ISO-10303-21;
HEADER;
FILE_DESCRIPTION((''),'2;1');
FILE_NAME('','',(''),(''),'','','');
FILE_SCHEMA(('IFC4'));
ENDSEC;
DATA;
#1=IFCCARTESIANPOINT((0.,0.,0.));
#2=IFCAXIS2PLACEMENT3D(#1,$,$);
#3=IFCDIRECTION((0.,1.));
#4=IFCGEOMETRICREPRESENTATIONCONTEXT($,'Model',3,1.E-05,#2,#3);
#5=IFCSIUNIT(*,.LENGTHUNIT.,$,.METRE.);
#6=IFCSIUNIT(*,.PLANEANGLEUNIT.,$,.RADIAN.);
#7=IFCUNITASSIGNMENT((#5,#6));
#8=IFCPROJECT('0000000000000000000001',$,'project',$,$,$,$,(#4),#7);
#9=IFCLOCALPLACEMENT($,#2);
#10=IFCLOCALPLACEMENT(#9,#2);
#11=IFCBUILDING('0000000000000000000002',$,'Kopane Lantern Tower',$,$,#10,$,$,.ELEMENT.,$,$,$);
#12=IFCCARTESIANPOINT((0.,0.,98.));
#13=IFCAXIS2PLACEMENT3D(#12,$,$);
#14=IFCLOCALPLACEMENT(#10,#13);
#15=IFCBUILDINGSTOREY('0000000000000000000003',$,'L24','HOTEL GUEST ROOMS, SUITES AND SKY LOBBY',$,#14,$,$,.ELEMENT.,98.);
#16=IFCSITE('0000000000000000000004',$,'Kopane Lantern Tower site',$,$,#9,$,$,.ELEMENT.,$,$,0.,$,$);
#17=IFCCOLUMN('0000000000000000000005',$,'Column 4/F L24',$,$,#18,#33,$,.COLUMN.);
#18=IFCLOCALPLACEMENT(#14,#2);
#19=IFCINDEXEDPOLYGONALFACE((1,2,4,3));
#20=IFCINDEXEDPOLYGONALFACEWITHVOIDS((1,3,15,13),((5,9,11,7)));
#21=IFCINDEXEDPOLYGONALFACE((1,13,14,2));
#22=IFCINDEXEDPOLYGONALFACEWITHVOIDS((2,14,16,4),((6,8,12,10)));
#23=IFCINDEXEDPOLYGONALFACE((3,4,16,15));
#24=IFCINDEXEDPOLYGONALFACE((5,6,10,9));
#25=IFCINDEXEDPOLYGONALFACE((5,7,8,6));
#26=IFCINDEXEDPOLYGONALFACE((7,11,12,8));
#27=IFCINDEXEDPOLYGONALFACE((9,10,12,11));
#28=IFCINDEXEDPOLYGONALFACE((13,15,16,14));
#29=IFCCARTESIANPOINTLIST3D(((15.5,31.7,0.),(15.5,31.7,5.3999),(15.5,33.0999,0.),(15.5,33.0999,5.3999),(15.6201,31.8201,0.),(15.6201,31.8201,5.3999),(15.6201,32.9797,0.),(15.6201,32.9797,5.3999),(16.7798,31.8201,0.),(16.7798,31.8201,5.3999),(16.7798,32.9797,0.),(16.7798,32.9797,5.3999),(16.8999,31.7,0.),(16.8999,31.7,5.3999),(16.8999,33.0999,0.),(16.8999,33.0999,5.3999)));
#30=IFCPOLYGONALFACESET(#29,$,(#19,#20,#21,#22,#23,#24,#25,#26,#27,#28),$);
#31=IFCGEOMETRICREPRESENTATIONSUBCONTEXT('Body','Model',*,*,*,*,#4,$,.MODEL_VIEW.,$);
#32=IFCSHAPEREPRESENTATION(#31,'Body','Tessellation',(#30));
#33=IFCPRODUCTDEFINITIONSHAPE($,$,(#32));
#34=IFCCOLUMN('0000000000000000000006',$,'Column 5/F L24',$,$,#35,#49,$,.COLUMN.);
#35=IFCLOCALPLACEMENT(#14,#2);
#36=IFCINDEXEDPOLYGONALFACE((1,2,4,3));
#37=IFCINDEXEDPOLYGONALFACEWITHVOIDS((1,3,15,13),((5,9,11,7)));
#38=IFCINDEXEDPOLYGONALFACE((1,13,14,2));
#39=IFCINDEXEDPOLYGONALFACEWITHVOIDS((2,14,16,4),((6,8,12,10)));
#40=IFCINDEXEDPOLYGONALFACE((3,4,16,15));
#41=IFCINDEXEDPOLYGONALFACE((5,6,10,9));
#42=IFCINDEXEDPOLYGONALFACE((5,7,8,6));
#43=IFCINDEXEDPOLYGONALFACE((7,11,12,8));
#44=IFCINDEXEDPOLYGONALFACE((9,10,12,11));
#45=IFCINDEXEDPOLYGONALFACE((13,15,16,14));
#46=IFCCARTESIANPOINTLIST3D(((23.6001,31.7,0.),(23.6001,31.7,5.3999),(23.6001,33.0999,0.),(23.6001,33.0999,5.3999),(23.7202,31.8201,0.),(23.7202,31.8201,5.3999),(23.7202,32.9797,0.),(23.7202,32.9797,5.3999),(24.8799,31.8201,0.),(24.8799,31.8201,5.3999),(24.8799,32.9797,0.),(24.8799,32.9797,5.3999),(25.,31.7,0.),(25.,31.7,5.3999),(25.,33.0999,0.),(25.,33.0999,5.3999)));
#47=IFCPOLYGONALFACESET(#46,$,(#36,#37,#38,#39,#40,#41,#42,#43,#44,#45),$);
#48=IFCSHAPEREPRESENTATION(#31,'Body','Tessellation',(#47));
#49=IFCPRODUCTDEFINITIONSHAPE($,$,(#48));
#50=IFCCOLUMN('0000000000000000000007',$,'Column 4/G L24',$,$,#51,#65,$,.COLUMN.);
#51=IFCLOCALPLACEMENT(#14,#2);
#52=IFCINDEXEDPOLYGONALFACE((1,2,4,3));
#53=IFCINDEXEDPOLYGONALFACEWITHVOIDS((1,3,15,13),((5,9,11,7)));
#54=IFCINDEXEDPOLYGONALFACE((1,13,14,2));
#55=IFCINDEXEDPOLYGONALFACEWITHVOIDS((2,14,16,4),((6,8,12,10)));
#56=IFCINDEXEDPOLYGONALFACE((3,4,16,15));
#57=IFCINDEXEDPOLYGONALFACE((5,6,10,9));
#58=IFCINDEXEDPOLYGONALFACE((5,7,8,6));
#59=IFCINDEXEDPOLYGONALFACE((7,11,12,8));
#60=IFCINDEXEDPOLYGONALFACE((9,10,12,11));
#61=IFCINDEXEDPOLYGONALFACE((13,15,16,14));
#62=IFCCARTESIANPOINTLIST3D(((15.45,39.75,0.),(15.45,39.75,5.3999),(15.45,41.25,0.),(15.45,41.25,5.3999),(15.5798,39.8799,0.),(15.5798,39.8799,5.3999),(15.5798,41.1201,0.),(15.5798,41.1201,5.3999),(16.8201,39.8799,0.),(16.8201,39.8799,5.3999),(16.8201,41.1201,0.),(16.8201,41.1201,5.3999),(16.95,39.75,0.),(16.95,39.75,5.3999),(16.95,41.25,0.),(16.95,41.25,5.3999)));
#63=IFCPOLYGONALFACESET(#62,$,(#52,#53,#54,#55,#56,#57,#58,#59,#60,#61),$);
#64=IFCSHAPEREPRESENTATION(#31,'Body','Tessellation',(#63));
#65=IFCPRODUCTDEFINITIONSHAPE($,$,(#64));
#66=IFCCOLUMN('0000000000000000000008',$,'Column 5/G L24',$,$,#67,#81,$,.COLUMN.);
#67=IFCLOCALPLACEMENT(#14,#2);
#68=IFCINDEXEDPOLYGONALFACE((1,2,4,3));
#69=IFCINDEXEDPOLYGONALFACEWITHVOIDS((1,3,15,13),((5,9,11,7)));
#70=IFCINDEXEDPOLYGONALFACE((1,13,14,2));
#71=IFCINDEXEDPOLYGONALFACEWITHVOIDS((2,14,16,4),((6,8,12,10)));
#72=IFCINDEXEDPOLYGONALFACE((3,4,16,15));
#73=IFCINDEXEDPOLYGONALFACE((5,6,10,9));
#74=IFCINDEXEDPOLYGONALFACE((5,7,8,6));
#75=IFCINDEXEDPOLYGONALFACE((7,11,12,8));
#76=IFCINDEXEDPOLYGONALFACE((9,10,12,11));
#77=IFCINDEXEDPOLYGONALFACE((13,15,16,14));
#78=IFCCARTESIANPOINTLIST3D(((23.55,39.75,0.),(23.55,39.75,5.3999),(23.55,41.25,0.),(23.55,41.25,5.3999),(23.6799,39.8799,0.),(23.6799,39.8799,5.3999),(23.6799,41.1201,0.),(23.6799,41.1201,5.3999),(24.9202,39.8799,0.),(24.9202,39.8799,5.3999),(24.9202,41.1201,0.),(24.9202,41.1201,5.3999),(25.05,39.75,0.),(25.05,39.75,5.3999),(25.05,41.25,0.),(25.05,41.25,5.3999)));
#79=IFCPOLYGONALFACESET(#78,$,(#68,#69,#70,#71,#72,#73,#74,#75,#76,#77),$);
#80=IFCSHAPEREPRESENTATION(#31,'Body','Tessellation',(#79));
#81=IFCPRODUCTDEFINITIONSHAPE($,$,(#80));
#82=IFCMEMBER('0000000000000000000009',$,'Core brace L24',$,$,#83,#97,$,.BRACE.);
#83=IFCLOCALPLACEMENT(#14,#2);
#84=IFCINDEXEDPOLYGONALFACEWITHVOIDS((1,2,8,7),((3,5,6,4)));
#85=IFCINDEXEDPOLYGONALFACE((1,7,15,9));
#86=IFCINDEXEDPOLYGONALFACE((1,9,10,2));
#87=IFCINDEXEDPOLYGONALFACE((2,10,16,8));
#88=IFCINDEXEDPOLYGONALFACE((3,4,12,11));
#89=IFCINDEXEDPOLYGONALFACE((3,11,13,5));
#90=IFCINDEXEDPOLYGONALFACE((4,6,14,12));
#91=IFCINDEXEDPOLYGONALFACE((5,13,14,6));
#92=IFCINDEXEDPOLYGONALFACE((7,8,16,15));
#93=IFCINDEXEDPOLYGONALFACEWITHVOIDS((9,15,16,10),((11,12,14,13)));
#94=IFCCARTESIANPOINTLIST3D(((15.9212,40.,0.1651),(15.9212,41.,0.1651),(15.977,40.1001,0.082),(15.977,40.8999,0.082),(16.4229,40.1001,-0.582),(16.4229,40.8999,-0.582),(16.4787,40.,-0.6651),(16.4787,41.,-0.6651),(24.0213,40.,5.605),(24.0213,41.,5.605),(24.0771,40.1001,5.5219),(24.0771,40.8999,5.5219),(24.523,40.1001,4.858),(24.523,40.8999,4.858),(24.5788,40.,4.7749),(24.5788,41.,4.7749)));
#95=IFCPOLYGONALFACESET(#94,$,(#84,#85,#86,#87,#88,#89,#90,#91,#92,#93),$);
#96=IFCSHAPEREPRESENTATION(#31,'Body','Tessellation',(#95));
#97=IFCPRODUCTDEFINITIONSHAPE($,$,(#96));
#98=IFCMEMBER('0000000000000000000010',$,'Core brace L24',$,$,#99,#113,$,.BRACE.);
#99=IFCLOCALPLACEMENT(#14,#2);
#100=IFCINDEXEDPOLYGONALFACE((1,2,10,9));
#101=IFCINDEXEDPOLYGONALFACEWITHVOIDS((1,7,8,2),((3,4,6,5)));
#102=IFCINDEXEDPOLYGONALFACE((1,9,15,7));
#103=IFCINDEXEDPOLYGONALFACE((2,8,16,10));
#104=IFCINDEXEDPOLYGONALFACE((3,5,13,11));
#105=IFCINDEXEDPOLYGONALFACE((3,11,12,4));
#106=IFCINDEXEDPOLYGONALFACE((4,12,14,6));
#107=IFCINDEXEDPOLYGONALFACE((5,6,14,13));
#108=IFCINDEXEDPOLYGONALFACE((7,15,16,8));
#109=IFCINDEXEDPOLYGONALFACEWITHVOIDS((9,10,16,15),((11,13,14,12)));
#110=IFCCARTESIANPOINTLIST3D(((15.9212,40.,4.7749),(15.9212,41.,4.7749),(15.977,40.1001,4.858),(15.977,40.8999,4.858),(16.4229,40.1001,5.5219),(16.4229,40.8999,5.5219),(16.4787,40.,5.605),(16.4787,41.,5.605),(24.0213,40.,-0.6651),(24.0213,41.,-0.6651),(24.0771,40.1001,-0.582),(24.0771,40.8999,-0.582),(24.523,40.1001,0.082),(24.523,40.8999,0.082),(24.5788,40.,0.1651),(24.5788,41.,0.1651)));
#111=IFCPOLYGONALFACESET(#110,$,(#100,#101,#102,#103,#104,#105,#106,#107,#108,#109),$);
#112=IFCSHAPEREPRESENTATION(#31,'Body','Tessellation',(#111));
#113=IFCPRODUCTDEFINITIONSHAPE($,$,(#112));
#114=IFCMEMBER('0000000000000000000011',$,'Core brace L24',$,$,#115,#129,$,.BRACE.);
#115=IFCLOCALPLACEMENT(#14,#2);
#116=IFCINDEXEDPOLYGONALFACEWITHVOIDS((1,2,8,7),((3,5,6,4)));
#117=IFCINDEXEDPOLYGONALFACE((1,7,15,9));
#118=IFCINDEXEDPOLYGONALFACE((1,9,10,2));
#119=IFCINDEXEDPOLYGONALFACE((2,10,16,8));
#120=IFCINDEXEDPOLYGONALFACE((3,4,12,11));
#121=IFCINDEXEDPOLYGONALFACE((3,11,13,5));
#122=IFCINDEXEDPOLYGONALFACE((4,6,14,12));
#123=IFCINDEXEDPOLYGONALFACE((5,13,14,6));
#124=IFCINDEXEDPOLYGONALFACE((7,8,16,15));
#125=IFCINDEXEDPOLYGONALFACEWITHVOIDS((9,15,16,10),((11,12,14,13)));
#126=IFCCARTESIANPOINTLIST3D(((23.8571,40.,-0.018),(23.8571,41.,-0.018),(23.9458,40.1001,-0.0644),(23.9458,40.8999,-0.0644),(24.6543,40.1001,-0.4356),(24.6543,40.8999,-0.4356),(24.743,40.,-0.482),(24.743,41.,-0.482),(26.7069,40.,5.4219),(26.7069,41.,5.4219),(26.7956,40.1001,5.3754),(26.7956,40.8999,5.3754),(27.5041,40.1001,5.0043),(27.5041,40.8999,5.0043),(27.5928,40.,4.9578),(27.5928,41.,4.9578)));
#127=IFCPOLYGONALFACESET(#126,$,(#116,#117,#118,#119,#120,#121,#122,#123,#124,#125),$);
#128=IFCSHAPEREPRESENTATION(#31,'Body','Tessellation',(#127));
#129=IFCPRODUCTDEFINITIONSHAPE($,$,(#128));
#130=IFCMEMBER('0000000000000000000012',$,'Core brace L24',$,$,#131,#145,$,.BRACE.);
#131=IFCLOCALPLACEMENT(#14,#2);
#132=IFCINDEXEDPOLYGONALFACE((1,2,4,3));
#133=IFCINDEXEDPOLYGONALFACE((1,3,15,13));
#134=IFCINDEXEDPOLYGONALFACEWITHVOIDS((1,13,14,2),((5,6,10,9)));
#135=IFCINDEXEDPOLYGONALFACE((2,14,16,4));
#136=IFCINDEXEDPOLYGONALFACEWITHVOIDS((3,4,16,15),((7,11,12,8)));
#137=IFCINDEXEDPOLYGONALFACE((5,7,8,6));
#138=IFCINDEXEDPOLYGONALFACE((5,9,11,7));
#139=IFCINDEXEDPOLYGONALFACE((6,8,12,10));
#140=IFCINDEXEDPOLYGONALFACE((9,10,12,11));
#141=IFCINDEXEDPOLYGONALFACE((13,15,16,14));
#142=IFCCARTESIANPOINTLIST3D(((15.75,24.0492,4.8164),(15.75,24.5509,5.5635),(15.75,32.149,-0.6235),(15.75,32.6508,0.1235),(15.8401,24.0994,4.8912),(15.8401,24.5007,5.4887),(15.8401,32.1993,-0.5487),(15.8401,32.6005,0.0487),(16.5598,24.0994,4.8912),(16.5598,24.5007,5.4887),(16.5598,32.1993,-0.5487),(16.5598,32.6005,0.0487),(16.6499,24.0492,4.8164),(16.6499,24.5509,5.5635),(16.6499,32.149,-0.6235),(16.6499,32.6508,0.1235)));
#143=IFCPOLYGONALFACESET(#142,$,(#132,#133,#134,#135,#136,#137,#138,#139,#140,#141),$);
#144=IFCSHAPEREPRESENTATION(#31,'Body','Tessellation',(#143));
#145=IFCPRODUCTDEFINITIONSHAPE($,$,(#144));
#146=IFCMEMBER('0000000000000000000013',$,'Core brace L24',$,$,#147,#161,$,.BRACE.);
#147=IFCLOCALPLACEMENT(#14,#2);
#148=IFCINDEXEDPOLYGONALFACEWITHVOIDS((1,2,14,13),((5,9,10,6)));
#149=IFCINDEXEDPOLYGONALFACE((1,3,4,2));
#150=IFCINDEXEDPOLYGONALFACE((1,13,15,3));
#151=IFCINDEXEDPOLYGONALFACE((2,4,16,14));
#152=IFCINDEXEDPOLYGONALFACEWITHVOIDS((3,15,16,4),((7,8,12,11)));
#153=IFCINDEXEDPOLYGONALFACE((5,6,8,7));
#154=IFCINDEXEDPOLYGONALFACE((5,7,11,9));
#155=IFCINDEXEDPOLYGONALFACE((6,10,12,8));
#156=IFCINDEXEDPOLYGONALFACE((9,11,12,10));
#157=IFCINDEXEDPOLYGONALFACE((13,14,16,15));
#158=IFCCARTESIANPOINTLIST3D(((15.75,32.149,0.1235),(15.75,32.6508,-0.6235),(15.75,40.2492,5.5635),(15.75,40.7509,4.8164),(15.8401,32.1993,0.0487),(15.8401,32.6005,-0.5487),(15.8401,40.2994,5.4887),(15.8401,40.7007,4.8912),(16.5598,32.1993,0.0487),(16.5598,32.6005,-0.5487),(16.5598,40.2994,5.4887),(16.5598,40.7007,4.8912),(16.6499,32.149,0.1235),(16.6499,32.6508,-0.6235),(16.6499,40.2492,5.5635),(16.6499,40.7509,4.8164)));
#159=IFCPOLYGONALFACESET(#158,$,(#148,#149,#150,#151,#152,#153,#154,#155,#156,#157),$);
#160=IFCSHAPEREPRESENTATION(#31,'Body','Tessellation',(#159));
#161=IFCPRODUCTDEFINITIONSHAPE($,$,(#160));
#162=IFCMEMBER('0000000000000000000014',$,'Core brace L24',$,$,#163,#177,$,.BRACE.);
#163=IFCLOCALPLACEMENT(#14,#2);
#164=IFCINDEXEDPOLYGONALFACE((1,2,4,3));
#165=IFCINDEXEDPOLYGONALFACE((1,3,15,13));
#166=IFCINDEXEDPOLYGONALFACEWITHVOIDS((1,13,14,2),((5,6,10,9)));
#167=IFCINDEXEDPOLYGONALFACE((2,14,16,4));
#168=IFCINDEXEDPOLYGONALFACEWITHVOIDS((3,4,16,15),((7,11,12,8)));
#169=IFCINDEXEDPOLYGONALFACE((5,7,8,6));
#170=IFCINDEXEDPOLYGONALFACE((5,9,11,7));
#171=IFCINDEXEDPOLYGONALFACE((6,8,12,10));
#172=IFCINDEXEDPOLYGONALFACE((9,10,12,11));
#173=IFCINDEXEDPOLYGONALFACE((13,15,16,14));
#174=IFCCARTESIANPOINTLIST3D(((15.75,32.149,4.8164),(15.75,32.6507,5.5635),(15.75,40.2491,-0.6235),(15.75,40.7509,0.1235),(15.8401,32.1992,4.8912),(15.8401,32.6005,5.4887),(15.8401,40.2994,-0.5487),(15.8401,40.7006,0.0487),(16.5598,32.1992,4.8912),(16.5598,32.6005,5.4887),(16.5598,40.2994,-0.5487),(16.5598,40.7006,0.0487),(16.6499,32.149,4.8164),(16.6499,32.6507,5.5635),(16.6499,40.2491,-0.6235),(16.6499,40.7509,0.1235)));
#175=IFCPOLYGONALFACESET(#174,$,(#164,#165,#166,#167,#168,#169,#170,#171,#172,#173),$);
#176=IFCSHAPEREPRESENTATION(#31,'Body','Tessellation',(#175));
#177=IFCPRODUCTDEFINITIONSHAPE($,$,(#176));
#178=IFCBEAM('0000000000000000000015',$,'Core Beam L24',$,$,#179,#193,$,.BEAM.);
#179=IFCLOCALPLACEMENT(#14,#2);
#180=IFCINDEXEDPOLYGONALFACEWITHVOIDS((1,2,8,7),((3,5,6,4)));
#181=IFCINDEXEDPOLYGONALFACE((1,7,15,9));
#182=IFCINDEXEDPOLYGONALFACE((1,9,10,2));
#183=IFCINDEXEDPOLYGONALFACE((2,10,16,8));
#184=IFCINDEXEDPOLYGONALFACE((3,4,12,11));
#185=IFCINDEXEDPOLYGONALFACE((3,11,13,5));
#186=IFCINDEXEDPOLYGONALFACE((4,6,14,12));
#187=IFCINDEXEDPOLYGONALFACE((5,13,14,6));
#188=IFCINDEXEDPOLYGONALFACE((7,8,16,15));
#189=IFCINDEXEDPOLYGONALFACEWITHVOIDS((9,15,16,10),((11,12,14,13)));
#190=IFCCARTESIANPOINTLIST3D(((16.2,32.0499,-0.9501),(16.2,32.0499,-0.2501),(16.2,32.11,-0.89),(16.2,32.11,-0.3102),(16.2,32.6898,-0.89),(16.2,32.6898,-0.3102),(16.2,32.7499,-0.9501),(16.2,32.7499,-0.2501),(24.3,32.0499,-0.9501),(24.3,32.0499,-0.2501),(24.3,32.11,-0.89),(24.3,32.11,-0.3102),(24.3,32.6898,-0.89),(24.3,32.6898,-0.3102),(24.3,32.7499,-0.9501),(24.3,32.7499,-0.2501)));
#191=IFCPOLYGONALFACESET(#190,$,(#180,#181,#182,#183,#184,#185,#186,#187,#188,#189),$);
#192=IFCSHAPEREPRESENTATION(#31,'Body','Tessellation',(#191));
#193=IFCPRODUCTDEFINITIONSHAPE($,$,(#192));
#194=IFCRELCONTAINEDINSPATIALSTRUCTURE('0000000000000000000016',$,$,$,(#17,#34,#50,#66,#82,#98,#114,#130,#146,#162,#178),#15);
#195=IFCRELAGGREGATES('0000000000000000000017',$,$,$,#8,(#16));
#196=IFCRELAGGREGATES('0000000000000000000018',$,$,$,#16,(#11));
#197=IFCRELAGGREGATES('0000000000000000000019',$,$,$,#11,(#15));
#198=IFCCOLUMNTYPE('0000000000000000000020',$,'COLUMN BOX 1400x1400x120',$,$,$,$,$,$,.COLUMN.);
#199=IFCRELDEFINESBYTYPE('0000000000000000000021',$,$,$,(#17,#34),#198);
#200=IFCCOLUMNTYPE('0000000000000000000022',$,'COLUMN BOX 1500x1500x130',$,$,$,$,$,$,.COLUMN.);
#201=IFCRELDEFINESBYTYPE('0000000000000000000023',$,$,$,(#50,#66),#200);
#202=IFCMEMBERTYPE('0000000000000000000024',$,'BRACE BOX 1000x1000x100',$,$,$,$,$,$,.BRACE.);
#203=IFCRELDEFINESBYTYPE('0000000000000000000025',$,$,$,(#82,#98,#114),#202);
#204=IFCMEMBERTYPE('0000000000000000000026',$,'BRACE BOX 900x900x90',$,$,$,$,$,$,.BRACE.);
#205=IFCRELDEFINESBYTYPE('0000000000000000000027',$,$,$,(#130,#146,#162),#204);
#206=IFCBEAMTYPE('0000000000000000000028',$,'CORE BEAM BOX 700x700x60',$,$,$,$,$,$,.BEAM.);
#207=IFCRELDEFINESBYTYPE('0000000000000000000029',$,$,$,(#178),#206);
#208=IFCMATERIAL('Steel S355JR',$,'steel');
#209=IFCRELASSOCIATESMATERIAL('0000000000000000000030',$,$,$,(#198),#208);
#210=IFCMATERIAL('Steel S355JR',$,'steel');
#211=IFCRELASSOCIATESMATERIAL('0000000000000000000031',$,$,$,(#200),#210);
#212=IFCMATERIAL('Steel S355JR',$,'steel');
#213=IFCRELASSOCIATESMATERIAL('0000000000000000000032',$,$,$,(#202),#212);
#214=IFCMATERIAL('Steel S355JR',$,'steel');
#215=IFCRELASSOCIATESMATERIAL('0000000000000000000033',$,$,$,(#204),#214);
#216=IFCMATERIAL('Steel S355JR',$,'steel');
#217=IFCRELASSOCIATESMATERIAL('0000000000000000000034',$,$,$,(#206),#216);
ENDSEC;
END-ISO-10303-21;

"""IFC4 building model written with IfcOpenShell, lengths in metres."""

from ifc_helpers import new_model, si_unit, direction, frame, origin, origin_2d, place, context, subcontext, project, spatial, hollow_rectangle, extrude, material, material_profile, profile_set, type_object, element, save


model = new_model("IFC4")

# Units and contexts
model_context = context("Model", 3, precision=1e-05, world=origin(), true_north=direction((0.0, 1.0)))
body_context = subcontext(model_context, "Body", "Model", "MODEL_VIEW")
ifc_project = project(units=[si_unit("LENGTHUNIT", "METRE"), si_unit("PLANEANGLEUNIT", "RADIAN")], contexts=[model_context])

# Site, building, storey
site_placement = place(None, origin())
site = spatial("IfcSite", under=ifc_project, at=site_placement, Name="Kopane Lantern Tower site", CompositionType="ELEMENT", RefElevation=0.0)
building_placement = place(site_placement, origin())
building = spatial("IfcBuilding", under=site, at=building_placement, Name="Kopane Lantern Tower", CompositionType="ELEMENT")
storey_placement = place(building_placement, frame((0.0, 0.0, 98.0)))
storey = spatial("IfcBuildingStorey", under=building, at=storey_placement, Name="L24", Description="HOTEL GUEST ROOMS, SUITES AND SKY LOBBY", CompositionType="ELEMENT", Elevation=98.0)

# Columns
ifc_material_1 = material(Name="Steel S355JR", Category="steel")
ifc_material_profile_1 = material_profile(ifc_material_1, hollow_rectangle(XDim=1.3999, YDim=1.3999, WallThickness=0.1201, at=origin_2d()), Name="BOX 1400x1400x120")
ifc_profile_set_1 = profile_set([ifc_material_profile_1], Name="Steel S355JR")
column_type_1 = type_object("IfcColumnType", Name="COLUMN BOX 1400x1400x120", PredefinedType="COLUMN", material=ifc_profile_set_1)
for number, where, z_axis, x_axis, name in (
    (1, (16.2, 32.3999, 0.0), (0.0, 0.0, 1.0), (1.0, 0.0, 0.0), "Column 4/F L24"),
    (2, (24.3, 32.3999, 0.0), (0.0, 0.0, 1.0), (1.0, 0.0, 0.0), "Column 5/F L24"),
):
    element("IfcColumn", number, at=place(storey_placement, frame(where, z_axis=z_axis, x_axis=x_axis)), inside=storey, type_object=column_type_1, Name=name, PredefinedType="COLUMN", context=body_context, shape_type="SweptSolid", body=[
        extrude(hollow_rectangle(XDim=1.3999, YDim=1.3999, WallThickness=0.1201, at=origin_2d()), origin(), (0.0, 0.0, 1.0), 5.3999),
    ])
ifc_material_2 = material(Name="Steel S355JR", Category="steel")
ifc_material_profile_2 = material_profile(ifc_material_2, hollow_rectangle(XDim=1.5, YDim=1.5, WallThickness=0.1299, at=origin_2d()), Name="BOX 1500x1500x130")
ifc_profile_set_2 = profile_set([ifc_material_profile_2], Name="Steel S355JR")
column_type_2 = type_object("IfcColumnType", Name="COLUMN BOX 1500x1500x130", PredefinedType="COLUMN", material=ifc_profile_set_2)
for number, where, z_axis, x_axis, name in (
    (3, (16.2, 40.5, 0.0), (0.0, 0.0, 1.0), (1.0, 0.0, 0.0), "Column 4/G L24"),
    (4, (24.3, 40.5, 0.0), (0.0, 0.0, 1.0), (1.0, 0.0, 0.0), "Column 5/G L24"),
):
    element("IfcColumn", number, at=place(storey_placement, frame(where, z_axis=z_axis, x_axis=x_axis)), inside=storey, type_object=column_type_2, Name=name, PredefinedType="COLUMN", context=body_context, shape_type="SweptSolid", body=[
        extrude(hollow_rectangle(XDim=1.5, YDim=1.5, WallThickness=0.1299, at=origin_2d()), origin(), (0.0, 0.0, 1.0), 5.3999),
    ])

# Members
ifc_material_3 = material(Name="Steel S355JR", Category="steel")
ifc_material_profile_3 = material_profile(ifc_material_3, hollow_rectangle(XDim=1.0, YDim=1.0, WallThickness=0.1001, at=origin_2d()), Name="BOX 1000x1000x100")
ifc_profile_set_3 = profile_set([ifc_material_profile_3], Name="Steel S355JR")
member_type_1 = type_object("IfcMemberType", Name="BRACE BOX 1000x1000x100", PredefinedType="BRACE", material=ifc_profile_set_3)
for number, where, z_axis, x_axis, name in (
    (5, (16.2, 40.5, -0.25), (0.830159, 0.0, 0.557526), (0.0, 1.0, 0.0), "Core brace L24"),
    (6, (24.3, 40.5, -0.25), (-0.830159, 0.0, 0.557526), (0.0, -1.0, 0.0), "Core brace L24"),
):
    element("IfcMember", number, at=place(storey_placement, frame(where, z_axis=z_axis, x_axis=x_axis)), inside=storey, type_object=member_type_1, Name=name, PredefinedType="BRACE", context=body_context, shape_type="SweptSolid", body=[
        extrude(hollow_rectangle(XDim=1.0, YDim=1.0, WallThickness=0.1001, at=origin_2d()), origin(), (0.0, 0.0, 1.0), 9.7573),
    ])
member_1_placement = place(storey_placement, frame((24.3, 40.5, -0.25), z_axis=(0.464053, 0.0, 0.885807), x_axis=(0.0, 1.0, 0.0)))
element("IfcMember", 7, at=member_1_placement, inside=storey, type_object=member_type_1, Name="Core brace L24", PredefinedType="BRACE", context=body_context, shape_type="SweptSolid", body=[
    extrude(hollow_rectangle(XDim=1.0, YDim=1.0, WallThickness=0.1001, at=origin_2d()), origin(), (0.0, 0.0, 1.0), 6.1411),
])
ifc_material_4 = material(Name="Steel S355JR", Category="steel")
ifc_material_profile_4 = material_profile(ifc_material_4, hollow_rectangle(XDim=0.8999, YDim=0.8999, WallThickness=0.0901, at=origin_2d()), Name="BOX 900x900x90")
ifc_profile_set_4 = profile_set([ifc_material_profile_4], Name="Steel S355JR")
member_type_2 = type_object("IfcMemberType", Name="BRACE BOX 900x900x90", PredefinedType="BRACE", material=ifc_profile_set_4)
member_2_placement = place(storey_placement, frame((16.2, 32.3999, -0.25), z_axis=(0.0, -0.830151, 0.557538), x_axis=(1.0, 0.0, 0.0)))
element("IfcMember", 8, at=member_2_placement, inside=storey, type_object=member_type_2, Name="Core brace L24", PredefinedType="BRACE", context=body_context, shape_type="SweptSolid", body=[
    extrude(hollow_rectangle(XDim=0.8999, YDim=0.8999, WallThickness=0.0901, at=origin_2d()), origin(), (0.0, 0.0, 1.0), 9.7571),
])
for number, where, z_axis, x_axis, name in (
    (9, (16.2, 32.3999, -0.25), (0.0, 0.830159, 0.557526), (-1.0, 0.0, 0.0), "Core brace L24"),
    (10, (16.2, 40.5, -0.25), (0.0, -0.830159, 0.557526), (1.0, 0.0, 0.0), "Core brace L24"),
):
    element("IfcMember", number, at=place(storey_placement, frame(where, z_axis=z_axis, x_axis=x_axis)), inside=storey, type_object=member_type_2, Name=name, PredefinedType="BRACE", context=body_context, shape_type="SweptSolid", body=[
        extrude(hollow_rectangle(XDim=0.8999, YDim=0.8999, WallThickness=0.0901, at=origin_2d()), origin(), (0.0, 0.0, 1.0), 9.7573),
    ])

# Beam
ifc_material_5 = material(Name="Steel S355JR", Category="steel")
ifc_material_profile_5 = material_profile(ifc_material_5, hollow_rectangle(XDim=0.7, YDim=0.7, WallThickness=0.0601, at=origin_2d()), Name="BOX 700x700x60")
ifc_profile_set_5 = profile_set([ifc_material_profile_5], Name="Steel S355JR")
beam_type_1 = type_object("IfcBeamType", Name="CORE BEAM BOX 700x700x60", PredefinedType="BEAM", material=ifc_profile_set_5)
for number, where, z_axis, x_axis, name in (
    (11, (16.2, 32.3999, -0.6001), (1.0, 0.0, 0.0), (0.0, 1.0, 0.0), "Core Beam L24"),
):
    element("IfcBeam", number, at=place(storey_placement, frame(where, z_axis=z_axis, x_axis=x_axis)), inside=storey, type_object=beam_type_1, Name=name, PredefinedType="BEAM", context=body_context, shape_type="SweptSolid", body=[
        extrude(hollow_rectangle(XDim=0.7, YDim=0.7, WallThickness=0.0601, at=origin_2d()), origin(), (0.0, 0.0, 1.0), 8.1001),
    ])

save(model, "model.ifc")
